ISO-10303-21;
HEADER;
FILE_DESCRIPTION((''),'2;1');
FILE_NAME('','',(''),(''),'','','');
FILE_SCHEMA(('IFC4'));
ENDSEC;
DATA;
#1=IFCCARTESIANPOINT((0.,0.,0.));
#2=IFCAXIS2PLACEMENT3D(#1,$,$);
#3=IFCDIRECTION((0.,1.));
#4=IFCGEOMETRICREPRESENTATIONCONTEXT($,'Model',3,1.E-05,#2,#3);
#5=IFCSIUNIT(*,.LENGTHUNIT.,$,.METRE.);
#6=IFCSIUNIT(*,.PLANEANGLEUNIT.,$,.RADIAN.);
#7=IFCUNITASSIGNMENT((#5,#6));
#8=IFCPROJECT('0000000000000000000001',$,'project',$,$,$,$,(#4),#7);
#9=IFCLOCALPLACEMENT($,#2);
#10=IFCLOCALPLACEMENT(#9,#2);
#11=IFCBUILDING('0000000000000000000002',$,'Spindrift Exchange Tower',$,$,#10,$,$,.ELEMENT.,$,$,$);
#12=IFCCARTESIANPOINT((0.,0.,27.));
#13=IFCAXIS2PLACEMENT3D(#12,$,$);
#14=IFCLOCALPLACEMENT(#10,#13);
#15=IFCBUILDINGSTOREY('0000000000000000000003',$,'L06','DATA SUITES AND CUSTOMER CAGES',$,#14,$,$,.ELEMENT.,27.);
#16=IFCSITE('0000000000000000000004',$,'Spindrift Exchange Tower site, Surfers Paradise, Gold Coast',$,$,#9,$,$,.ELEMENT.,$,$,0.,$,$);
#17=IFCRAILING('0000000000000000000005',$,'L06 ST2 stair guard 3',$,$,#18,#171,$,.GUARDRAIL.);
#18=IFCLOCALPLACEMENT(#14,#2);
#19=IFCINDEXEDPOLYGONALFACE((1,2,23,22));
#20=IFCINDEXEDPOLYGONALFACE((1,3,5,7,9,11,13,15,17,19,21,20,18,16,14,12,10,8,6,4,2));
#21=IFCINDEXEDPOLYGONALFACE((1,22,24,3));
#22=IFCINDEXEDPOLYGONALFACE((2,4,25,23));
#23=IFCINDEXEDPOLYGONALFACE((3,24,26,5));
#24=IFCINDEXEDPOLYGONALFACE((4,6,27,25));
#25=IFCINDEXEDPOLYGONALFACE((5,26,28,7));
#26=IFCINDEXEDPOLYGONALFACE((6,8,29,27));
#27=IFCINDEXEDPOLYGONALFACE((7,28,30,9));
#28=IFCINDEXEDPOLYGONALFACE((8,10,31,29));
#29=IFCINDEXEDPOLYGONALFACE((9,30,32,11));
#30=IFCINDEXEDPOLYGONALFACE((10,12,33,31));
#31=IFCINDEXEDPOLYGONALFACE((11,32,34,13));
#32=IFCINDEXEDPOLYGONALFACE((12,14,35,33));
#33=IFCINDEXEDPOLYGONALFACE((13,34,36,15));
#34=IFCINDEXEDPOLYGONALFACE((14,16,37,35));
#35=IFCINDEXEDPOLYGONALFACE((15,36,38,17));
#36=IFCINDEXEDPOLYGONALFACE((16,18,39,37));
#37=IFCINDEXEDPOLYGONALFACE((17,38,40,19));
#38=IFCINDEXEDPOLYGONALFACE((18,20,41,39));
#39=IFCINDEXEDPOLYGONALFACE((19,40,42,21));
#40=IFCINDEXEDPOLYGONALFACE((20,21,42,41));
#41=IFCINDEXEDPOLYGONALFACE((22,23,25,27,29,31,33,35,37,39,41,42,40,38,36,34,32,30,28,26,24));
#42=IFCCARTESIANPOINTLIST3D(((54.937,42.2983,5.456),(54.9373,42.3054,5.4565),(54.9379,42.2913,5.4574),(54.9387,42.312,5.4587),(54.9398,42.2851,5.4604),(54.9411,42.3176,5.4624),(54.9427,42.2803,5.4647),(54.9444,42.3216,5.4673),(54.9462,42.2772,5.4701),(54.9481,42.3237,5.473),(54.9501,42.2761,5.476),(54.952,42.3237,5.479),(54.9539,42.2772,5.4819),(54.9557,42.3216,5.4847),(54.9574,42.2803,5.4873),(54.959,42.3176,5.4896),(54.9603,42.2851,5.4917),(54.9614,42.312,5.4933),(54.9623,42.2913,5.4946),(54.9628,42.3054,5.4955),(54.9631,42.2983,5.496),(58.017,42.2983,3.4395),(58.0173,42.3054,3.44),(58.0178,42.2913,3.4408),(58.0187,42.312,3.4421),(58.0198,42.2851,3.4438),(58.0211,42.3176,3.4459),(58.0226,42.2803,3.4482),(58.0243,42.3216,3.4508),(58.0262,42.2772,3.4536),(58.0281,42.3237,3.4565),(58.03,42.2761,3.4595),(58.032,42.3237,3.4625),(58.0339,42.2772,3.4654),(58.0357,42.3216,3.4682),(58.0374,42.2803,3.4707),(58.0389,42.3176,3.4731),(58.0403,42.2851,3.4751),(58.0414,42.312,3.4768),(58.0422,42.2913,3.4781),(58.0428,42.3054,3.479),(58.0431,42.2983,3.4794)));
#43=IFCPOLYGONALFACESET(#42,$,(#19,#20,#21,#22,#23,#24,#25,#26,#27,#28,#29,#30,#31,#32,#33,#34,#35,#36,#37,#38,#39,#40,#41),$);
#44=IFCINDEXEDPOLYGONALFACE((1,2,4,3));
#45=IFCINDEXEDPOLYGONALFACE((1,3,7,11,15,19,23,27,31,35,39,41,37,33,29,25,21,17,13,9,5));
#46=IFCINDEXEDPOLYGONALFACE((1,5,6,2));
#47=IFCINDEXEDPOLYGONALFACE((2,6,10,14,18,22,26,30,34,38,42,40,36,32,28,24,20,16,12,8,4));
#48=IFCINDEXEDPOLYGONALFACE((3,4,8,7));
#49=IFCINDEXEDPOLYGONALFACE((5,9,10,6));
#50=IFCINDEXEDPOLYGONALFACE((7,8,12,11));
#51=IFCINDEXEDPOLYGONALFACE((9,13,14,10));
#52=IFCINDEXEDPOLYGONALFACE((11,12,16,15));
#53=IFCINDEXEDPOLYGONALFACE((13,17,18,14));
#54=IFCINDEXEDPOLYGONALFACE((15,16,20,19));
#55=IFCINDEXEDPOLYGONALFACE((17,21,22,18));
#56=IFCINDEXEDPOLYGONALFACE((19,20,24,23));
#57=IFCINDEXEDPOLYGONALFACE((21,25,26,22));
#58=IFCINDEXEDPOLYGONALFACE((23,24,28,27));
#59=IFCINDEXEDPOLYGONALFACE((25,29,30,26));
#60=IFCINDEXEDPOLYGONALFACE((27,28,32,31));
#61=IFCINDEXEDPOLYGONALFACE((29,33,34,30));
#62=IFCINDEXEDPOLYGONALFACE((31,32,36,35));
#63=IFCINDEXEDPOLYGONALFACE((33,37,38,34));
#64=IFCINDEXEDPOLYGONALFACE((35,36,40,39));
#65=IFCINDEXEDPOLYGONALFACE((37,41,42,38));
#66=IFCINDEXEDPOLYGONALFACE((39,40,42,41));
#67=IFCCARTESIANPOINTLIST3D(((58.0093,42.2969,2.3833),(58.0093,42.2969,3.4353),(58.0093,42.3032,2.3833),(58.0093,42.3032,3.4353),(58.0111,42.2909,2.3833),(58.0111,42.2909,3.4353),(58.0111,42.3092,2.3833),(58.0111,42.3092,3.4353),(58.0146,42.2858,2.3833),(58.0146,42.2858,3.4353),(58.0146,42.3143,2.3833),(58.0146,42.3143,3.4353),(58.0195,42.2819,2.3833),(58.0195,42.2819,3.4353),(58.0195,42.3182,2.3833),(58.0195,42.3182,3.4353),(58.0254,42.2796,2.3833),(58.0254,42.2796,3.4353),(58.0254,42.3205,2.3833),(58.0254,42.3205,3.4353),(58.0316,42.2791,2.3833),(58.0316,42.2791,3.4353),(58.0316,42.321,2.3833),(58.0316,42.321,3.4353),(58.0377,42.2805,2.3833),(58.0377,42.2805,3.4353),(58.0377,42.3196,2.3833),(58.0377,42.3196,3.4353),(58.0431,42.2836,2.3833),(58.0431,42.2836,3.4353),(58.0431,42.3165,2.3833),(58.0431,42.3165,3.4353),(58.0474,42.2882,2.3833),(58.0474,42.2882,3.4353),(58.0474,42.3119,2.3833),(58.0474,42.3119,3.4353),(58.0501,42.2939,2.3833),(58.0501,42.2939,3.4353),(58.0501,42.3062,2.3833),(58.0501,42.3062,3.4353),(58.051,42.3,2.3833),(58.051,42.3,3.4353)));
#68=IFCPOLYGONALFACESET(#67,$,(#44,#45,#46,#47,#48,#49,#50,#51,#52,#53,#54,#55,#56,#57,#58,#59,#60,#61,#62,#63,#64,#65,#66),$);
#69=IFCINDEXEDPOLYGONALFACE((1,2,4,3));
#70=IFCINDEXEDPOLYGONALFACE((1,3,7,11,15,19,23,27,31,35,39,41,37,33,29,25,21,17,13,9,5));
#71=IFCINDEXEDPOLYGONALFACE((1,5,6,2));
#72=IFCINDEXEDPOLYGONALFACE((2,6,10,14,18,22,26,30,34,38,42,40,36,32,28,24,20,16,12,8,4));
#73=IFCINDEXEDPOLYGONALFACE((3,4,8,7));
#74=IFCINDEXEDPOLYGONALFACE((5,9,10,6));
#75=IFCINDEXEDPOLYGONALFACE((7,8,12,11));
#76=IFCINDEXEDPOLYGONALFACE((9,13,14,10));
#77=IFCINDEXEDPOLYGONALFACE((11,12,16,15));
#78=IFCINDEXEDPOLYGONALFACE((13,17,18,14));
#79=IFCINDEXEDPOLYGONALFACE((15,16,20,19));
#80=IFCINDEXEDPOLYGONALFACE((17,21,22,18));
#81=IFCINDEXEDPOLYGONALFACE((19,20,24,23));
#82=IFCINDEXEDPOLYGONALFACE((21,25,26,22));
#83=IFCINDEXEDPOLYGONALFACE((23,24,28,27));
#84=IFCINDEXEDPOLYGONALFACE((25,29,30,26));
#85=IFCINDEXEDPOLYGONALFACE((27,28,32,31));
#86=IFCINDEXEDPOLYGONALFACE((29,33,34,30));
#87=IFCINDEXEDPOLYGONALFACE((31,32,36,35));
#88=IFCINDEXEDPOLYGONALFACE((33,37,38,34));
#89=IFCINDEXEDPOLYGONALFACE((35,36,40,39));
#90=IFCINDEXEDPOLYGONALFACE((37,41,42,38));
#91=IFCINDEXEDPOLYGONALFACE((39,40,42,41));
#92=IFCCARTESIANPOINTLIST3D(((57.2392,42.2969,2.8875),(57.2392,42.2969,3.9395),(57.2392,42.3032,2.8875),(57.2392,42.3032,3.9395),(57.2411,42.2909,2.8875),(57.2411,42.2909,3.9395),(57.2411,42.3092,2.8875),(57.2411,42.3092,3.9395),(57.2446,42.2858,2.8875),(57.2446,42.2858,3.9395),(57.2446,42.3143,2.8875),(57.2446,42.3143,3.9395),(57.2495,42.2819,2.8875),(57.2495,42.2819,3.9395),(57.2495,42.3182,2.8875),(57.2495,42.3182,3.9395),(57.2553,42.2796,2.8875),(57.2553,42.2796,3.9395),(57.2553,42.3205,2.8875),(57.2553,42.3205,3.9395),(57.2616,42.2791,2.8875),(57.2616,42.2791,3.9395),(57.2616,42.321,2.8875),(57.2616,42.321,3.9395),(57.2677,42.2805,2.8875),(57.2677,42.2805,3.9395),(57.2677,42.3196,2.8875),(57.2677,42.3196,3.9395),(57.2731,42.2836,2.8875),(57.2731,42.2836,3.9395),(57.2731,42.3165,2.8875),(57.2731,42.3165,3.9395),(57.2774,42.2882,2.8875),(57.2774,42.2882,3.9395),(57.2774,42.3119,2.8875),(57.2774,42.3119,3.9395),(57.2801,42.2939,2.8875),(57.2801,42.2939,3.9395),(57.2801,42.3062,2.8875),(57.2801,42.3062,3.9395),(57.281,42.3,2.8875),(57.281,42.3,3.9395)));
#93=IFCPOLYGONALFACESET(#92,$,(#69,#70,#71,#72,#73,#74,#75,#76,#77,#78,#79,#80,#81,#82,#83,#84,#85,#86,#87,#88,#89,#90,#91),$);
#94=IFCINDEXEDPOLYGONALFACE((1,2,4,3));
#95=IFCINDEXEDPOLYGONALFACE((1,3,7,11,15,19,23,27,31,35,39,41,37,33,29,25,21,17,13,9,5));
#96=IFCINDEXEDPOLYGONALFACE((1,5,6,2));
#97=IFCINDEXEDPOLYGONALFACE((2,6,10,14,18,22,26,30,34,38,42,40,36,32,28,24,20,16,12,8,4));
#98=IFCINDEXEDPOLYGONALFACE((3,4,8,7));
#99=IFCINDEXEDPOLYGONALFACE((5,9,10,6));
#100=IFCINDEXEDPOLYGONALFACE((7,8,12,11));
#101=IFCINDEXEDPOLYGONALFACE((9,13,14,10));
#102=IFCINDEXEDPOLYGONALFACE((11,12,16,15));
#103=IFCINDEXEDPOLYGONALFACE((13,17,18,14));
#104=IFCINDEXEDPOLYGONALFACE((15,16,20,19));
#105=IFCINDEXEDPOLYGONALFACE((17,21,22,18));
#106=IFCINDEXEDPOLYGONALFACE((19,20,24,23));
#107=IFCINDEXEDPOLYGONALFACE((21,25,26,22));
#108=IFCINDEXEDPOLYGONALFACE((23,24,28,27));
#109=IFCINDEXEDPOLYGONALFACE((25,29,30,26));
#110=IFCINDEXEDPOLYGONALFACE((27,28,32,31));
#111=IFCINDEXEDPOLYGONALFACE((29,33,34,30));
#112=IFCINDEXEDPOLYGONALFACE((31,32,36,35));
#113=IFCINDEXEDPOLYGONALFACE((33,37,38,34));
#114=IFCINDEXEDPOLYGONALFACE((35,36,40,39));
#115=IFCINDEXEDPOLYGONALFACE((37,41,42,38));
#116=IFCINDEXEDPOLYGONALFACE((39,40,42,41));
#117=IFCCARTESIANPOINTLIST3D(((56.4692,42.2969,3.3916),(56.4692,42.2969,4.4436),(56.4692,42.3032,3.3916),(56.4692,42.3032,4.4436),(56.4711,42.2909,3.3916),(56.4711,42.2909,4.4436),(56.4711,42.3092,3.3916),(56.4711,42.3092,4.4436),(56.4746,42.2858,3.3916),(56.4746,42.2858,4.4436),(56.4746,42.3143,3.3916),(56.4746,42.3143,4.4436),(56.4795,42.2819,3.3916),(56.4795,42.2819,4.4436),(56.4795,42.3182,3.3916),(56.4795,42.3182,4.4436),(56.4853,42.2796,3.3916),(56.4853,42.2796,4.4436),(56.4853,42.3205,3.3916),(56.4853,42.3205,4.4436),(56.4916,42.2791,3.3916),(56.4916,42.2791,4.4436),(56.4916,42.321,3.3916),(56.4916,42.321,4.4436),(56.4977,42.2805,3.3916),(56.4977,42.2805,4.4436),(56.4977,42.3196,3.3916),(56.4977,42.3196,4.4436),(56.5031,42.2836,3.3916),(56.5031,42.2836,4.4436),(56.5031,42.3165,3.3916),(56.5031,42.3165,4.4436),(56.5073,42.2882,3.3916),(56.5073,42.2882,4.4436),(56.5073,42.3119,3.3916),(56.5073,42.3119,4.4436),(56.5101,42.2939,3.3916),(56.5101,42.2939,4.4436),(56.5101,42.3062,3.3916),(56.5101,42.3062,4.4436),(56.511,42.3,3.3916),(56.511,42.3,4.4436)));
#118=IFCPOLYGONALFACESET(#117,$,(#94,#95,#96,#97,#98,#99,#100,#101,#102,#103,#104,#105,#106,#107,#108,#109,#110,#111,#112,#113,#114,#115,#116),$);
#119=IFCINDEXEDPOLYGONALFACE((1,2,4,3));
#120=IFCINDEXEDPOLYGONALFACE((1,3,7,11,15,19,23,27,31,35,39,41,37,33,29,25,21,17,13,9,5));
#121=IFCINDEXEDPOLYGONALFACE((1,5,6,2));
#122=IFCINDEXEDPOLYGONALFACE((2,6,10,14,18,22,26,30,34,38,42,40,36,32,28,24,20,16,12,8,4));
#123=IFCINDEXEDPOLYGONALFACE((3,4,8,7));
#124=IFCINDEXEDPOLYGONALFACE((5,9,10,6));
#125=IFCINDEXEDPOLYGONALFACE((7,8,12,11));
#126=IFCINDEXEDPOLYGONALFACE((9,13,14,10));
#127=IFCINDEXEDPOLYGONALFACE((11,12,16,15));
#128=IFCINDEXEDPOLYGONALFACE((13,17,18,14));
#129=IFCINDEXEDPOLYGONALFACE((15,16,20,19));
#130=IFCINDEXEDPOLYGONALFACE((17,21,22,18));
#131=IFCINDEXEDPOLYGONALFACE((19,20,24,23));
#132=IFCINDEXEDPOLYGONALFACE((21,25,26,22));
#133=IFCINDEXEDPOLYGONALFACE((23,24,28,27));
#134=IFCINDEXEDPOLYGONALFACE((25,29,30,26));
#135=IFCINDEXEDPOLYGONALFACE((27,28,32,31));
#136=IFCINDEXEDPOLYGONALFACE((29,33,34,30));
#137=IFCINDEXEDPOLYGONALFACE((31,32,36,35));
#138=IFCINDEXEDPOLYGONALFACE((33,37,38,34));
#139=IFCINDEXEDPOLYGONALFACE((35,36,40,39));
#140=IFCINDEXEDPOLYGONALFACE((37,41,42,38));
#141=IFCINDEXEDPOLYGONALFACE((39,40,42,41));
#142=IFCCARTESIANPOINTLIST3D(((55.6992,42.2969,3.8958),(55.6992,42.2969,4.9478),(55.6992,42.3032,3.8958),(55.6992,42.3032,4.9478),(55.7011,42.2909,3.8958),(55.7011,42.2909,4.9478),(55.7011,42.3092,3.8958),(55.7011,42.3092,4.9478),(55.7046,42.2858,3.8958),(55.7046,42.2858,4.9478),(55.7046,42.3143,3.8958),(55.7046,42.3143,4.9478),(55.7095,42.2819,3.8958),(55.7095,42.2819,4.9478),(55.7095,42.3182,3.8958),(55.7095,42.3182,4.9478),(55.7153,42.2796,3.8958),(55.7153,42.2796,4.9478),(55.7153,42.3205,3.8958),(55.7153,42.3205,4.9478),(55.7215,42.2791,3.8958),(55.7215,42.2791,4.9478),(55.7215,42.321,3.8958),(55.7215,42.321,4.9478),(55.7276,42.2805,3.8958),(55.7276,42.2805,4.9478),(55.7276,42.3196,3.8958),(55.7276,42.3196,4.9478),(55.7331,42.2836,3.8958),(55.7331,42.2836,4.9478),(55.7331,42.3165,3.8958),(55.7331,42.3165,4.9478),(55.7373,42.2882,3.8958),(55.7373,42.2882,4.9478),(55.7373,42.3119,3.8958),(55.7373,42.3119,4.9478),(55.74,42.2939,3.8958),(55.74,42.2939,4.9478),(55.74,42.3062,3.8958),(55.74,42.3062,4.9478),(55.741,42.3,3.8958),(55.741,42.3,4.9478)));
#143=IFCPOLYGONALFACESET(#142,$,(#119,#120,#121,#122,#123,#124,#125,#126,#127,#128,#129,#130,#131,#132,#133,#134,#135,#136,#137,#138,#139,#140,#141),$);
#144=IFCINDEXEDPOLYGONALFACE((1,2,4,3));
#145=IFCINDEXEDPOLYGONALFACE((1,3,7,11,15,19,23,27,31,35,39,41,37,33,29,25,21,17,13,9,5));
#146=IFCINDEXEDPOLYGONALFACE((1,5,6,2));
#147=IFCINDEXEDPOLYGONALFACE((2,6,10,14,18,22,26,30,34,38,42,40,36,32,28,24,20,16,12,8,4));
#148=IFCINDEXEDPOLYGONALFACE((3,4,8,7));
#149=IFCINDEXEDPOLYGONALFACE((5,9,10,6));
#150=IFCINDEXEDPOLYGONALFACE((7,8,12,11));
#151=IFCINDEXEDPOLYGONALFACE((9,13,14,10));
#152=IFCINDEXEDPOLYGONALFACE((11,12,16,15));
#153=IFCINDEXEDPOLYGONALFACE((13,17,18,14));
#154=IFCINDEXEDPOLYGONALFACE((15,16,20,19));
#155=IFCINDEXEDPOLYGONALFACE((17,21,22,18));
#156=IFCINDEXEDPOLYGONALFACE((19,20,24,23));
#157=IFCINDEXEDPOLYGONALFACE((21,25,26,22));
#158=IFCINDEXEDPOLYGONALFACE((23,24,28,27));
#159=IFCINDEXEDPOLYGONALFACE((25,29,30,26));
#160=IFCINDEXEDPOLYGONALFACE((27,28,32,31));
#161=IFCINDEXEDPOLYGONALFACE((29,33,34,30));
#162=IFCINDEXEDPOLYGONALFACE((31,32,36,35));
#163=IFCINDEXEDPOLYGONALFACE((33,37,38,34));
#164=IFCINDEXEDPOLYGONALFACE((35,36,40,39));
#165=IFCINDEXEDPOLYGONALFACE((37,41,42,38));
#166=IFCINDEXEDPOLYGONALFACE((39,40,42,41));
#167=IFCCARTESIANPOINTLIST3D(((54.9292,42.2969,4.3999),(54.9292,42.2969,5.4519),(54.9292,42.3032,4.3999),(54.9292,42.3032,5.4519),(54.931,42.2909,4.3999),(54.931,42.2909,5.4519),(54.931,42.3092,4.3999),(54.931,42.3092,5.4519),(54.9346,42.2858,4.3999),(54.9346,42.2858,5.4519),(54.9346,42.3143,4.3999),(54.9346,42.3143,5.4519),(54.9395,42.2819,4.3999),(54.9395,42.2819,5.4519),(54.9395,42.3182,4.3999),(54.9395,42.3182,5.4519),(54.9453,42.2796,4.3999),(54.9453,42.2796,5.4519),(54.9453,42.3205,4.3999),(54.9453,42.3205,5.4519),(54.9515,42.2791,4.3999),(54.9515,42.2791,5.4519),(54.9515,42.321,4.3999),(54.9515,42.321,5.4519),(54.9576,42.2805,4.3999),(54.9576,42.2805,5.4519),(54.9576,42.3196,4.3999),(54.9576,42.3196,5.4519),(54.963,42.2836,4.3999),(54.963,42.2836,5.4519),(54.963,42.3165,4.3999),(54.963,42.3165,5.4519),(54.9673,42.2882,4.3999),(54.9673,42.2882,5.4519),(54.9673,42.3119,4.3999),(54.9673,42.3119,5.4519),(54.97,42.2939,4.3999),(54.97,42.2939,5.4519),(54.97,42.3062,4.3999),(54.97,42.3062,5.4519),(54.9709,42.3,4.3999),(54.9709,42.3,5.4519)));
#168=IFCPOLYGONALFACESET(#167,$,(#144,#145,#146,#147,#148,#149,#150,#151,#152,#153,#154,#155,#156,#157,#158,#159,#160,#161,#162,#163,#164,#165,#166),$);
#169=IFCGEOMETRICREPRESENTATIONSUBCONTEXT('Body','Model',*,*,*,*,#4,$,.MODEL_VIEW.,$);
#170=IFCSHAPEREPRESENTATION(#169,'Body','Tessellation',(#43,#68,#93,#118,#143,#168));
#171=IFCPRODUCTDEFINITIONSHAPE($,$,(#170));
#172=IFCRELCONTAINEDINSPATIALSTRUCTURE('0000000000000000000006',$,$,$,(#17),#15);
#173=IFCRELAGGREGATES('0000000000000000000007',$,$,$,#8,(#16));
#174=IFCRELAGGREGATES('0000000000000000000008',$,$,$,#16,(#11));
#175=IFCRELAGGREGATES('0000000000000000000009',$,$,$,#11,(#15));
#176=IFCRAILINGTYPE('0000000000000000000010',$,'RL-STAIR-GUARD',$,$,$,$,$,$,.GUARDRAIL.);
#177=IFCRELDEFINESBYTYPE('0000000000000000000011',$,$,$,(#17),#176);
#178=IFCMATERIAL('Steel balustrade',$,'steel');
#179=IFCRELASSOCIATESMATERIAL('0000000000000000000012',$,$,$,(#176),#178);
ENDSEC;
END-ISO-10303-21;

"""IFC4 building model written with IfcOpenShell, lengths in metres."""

from ifc_helpers import new_model, si_unit, direction, frame, origin, origin_2d, place, context, subcontext, project, spatial, circle, extrude, material, type_object, element, save


model = new_model("IFC4")

# Units and contexts
model_context = context("Model", 3, precision=1e-05, world=origin(), true_north=direction((0.0, 1.0)))
body_context = subcontext(model_context, "Body", "Model", "MODEL_VIEW")
ifc_project = project(units=[si_unit("LENGTHUNIT", "METRE"), si_unit("PLANEANGLEUNIT", "RADIAN")], contexts=[model_context])

# Site, building, storey
site_placement = place(None, origin())
site = spatial("IfcSite", under=ifc_project, at=site_placement, Name="Spindrift Exchange Tower site, Surfers Paradise, Gold Coast", CompositionType="ELEMENT", RefElevation=0.0)
building_placement = place(site_placement, origin())
building = spatial("IfcBuilding", under=site, at=building_placement, Name="Spindrift Exchange Tower", CompositionType="ELEMENT")
storey_placement = place(building_placement, frame((0.0, 0.0, 27.0)))
storey = spatial("IfcBuildingStorey", under=building, at=storey_placement, Name="L06", Description="DATA SUITES AND CUSTOMER CAGES", CompositionType="ELEMENT", Elevation=27.0)

# Railing
ifc_material_1 = material(Name="Steel balustrade", Category="steel")
railing_type_1 = type_object("IfcRailingType", Name="RL-STAIR-GUARD", PredefinedType="GUARDRAIL", material=ifc_material_1)
railing_1_placement = place(storey_placement, frame((58.03, 42.3, 2.3833)))
element("IfcRailing", 1, at=railing_1_placement, inside=storey, type_object=railing_type_1, Name="L06 ST2 stair guard 3", PredefinedType="GUARDRAIL", context=body_context, shape_type="SweptSolid", body=[
    extrude(circle(Radius=0.0239, at=origin_2d()), frame((0.0, 0.0, 1.0762), z_axis=(-0.836633, 0.0, 0.547764), x_axis=(0.0, -1.0, 0.0)), (0.0, 0.0, 1.0), 3.6814),
    extrude(circle(Radius=0.021, at=origin_2d()), origin(), (0.0, 0.0, 1.0), 1.052),
    extrude(circle(Radius=0.021, at=origin_2d()), frame((-0.77, 0.0, 0.5042)), (0.0, 0.0, 1.0), 1.052),
    extrude(circle(Radius=0.021, at=origin_2d()), frame((-1.54, 0.0, 1.0083)), (0.0, 0.0, 1.0), 1.052),
    extrude(circle(Radius=0.021, at=origin_2d()), frame((-2.3101, 0.0, 1.5125)), (0.0, 0.0, 1.0), 1.052),
    extrude(circle(Radius=0.021, at=origin_2d()), frame((-3.0801, 0.0, 2.0166)), (0.0, 0.0, 1.0), 1.052),
])

save(model, "model.ifc")
